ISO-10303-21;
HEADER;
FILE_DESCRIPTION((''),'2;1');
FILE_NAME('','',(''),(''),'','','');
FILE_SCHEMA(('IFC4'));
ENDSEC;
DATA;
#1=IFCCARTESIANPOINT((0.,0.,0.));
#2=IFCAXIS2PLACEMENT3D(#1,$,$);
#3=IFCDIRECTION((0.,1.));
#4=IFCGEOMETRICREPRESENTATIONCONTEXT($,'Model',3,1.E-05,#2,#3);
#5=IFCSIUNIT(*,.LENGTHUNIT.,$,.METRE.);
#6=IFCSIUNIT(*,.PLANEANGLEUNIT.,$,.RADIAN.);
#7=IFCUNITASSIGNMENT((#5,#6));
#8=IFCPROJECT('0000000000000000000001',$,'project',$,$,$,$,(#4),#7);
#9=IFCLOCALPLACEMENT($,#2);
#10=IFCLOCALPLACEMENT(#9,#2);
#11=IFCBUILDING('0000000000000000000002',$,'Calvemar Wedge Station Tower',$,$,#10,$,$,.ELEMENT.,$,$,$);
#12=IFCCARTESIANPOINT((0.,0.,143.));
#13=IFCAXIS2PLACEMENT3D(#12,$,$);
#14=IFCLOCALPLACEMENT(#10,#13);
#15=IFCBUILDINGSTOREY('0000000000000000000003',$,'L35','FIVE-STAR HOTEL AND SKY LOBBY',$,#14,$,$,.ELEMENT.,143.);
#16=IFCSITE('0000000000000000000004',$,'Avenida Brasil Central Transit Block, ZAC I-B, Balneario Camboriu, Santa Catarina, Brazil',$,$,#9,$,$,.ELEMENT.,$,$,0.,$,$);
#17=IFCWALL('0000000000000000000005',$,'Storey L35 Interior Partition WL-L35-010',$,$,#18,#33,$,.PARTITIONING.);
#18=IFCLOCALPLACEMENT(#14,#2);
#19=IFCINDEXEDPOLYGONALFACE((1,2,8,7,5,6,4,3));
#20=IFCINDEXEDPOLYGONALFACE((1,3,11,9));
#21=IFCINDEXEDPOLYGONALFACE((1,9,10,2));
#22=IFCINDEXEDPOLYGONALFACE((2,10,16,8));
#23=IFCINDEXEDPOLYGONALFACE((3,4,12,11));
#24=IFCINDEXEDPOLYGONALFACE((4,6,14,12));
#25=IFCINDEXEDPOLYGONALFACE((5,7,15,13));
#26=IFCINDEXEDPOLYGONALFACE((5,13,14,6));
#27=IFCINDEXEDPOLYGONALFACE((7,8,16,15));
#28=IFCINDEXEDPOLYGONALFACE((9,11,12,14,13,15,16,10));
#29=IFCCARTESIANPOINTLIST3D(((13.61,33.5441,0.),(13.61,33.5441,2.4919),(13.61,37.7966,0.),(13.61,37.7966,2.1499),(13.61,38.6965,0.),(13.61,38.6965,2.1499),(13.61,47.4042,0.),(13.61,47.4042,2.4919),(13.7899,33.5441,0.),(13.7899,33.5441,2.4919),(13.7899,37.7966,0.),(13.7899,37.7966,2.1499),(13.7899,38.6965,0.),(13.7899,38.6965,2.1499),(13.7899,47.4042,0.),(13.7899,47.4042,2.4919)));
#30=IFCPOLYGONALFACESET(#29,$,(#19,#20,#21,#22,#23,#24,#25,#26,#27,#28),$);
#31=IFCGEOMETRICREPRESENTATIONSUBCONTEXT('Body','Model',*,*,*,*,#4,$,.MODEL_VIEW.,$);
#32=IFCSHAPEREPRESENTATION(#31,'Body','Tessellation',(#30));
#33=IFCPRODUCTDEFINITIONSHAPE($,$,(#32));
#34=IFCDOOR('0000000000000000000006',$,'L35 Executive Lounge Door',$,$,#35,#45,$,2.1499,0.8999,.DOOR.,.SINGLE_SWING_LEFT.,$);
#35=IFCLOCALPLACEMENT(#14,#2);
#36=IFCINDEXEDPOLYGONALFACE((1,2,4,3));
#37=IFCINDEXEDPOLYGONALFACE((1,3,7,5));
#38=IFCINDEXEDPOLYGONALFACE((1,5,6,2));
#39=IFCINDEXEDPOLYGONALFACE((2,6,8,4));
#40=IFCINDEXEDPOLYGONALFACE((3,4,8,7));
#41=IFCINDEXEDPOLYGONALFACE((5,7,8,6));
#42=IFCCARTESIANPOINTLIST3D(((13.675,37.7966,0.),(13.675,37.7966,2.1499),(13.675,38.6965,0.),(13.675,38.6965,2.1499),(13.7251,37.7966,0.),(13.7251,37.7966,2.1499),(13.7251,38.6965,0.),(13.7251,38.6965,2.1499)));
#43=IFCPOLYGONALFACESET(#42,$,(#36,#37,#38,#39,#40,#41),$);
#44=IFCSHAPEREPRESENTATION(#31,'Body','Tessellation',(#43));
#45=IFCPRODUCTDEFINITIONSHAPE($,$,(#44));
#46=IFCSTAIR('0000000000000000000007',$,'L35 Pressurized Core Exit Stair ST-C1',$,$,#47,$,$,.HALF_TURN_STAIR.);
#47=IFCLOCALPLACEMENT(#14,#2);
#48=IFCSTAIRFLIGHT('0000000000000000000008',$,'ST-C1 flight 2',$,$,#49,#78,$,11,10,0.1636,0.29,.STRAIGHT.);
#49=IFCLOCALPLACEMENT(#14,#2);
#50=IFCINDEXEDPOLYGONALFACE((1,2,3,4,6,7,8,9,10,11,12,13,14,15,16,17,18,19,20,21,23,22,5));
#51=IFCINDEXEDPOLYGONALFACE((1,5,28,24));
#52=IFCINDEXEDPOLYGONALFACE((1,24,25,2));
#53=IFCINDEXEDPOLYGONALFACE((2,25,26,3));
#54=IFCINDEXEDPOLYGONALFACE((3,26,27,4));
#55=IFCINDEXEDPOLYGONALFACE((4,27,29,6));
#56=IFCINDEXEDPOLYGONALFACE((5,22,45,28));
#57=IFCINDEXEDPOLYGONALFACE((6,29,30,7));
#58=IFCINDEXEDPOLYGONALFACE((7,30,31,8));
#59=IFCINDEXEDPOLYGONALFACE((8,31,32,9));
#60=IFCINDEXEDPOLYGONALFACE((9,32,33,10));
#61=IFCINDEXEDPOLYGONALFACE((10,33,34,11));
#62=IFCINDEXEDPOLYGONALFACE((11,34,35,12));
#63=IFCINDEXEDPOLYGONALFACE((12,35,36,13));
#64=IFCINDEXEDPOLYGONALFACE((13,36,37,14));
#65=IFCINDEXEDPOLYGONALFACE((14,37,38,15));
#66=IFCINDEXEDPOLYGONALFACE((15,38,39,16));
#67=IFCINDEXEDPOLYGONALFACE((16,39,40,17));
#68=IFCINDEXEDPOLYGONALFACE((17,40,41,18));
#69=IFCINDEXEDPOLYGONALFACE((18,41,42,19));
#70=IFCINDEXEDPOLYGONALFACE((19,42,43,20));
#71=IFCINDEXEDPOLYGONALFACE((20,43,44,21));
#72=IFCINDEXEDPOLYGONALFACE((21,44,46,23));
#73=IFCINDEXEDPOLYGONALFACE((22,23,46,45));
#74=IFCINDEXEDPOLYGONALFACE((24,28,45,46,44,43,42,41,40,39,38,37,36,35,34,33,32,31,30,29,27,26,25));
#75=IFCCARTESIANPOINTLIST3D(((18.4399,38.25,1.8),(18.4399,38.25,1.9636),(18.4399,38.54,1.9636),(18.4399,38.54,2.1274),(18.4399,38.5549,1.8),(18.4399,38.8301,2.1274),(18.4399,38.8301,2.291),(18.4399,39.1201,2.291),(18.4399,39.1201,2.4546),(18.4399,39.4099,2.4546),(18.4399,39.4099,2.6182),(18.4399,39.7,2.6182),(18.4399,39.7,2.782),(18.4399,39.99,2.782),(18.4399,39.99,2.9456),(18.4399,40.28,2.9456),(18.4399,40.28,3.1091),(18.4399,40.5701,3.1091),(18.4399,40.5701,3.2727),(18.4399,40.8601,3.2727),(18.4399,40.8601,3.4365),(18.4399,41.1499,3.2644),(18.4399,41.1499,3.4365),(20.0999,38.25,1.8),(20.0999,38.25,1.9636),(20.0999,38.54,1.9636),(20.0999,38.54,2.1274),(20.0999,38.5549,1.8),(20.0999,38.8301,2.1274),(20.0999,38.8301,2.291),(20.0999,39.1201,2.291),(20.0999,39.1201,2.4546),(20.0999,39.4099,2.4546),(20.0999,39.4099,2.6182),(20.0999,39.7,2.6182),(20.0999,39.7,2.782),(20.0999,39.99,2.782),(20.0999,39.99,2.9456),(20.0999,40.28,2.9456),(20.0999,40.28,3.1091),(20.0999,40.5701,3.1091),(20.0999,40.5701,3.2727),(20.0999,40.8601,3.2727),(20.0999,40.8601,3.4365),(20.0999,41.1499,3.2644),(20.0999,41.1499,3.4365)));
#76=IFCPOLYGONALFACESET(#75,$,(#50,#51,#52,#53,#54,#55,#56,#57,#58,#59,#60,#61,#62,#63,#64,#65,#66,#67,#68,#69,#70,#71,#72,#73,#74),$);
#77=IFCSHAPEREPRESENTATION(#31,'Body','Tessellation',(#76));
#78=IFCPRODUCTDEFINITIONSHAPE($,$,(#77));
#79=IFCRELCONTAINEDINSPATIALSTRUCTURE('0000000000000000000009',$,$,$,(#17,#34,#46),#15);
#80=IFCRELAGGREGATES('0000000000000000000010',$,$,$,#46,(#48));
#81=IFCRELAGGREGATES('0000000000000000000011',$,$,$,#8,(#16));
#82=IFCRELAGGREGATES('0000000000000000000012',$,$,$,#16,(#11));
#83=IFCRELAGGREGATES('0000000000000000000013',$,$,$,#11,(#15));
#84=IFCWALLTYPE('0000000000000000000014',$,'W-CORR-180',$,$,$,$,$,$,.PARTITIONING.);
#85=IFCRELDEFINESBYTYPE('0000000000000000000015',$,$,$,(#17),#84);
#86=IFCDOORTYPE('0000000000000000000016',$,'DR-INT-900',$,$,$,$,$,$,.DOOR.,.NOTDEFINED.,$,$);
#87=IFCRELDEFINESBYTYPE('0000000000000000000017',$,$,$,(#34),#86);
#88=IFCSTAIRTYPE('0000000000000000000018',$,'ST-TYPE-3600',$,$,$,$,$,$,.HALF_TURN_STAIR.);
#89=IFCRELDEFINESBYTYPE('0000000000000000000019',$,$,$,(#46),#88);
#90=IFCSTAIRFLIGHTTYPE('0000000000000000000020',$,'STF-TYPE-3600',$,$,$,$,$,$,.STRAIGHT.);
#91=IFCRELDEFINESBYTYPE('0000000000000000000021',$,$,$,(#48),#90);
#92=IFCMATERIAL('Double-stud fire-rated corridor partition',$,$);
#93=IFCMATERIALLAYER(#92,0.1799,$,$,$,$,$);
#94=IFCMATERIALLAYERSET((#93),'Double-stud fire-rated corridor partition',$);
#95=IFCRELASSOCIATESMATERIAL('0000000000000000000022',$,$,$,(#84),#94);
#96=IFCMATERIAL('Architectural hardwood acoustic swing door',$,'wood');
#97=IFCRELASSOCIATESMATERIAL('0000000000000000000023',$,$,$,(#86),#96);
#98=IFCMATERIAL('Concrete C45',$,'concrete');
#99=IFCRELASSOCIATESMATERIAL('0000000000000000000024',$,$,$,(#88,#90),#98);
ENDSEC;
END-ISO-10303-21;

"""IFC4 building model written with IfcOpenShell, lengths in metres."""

from ifc_helpers import new_model, si_unit, direction, frame, frame_2d, origin, place, context, subcontext, project, spatial, polyline, rectangle, outline, extrude, source, transform, mapped, material, layer, layer_set, type_object, element, fill, aggregate, save


model = new_model("IFC4")

# Units and contexts
model_context = context("Model", 3, precision=1e-05, world=origin(), true_north=direction((0.0, 1.0)))
body_context = subcontext(model_context, "Body", "Model", "MODEL_VIEW")
ifc_project = project(units=[si_unit("LENGTHUNIT", "METRE"), si_unit("PLANEANGLEUNIT", "RADIAN")], contexts=[model_context])

# Site, building, storey
site_placement = place(None, origin())
site = spatial("IfcSite", under=ifc_project, at=site_placement, Name="Avenida Brasil Central Transit Block, ZAC I-B, Balneario Camboriu, Santa Catarina, Brazil", CompositionType="ELEMENT", RefElevation=0.0)
building_placement = place(site_placement, origin())
building = spatial("IfcBuilding", under=site, at=building_placement, Name="Calvemar Wedge Station Tower", CompositionType="ELEMENT")
storey_placement = place(building_placement, frame((0.0, 0.0, 143.0)))
storey = spatial("IfcBuildingStorey", under=building, at=storey_placement, Name="L35", Description="FIVE-STAR HOTEL AND SKY LOBBY", CompositionType="ELEMENT", Elevation=143.0)

# Wall, opening, door
ifc_material_1 = material(Name="Double-stud fire-rated corridor partition")
ifc_layer_1 = layer(ifc_material_1, 0.1799)
ifc_layer_set_1 = layer_set([ifc_layer_1], Name="Double-stud fire-rated corridor partition")
wall_type_1 = type_object("IfcWallType", Name="W-CORR-180", PredefinedType="PARTITIONING", material=ifc_layer_set_1)
wall_1_placement = place(storey_placement, frame((13.7, 33.5439, 0.0), z_axis=(0.0, 0.0, 1.0), x_axis=(0.0, 1.0, 0.0)))
wall_1 = element("IfcWall", 1, at=wall_1_placement, inside=storey, type_object=wall_type_1, Name="Storey L35 Interior Partition WL-L35-010", PredefinedType="PARTITIONING", context=body_context, shape_type="SweptSolid", body=[
    extrude(rectangle(XDim=13.8601, YDim=0.1799, at=frame_2d((6.9302, 0.0))), origin(), (0.0, 0.0, 1.0), 2.4919),
])
shared_shape_1 = source(origin(), body_context, "Body", "SweptSolid", [
    extrude(rectangle(XDim=0.8999, YDim=2.1499, at=frame_2d((0.45, 1.075))), frame((0.0, 0.1001, 0.0), z_axis=(0.0, -1.0, 0.0), x_axis=(1.0, 0.0, 0.0)), (0.0, 0.0, 1.0), 0.2),
])
opening_1_placement = place(wall_1_placement, frame((4.2527, 0.0, 0.0)))
opening_1 = element("IfcOpeningElement", 2, at=opening_1_placement, cuts=wall_1, PredefinedType="OPENING", context=body_context, shape_type="MappedRepresentation", body=[
    mapped(shared_shape_1, transform((0.0, 0.0, 0.0), scale=1.0)),
])
ifc_material_2 = material(Name="Architectural hardwood acoustic swing door", Category="wood")
door_type_1 = type_object("IfcDoorType", Name="DR-INT-900", OperationType="NOTDEFINED", PredefinedType="DOOR", material=ifc_material_2)
shared_shape_2 = source(origin(), body_context, "Body", "SweptSolid", [
    extrude(rectangle(XDim=0.8999, YDim=2.1499, at=frame_2d((0.45, 1.075))), frame((0.0, 0.0249, 0.0), z_axis=(0.0, -1.0, 0.0), x_axis=(1.0, 0.0, 0.0)), (0.0, 0.0, 1.0), 0.05),
])
door_1_placement = place(opening_1_placement, origin())
door_1 = element("IfcDoor", 3, at=door_1_placement, inside=storey, type_object=door_type_1, Name="L35 Executive Lounge Door", OperationType="SINGLE_SWING_LEFT", OverallHeight=2.1499, OverallWidth=0.8999, PredefinedType="DOOR", context=body_context, shape_type="MappedRepresentation", body=[
    mapped(shared_shape_2, transform((0.0, 0.0, 0.0), scale=1.0)),
])
fill(opening_1, door_1)

# Stair, stair flight
ifc_material_3 = material(Name="Concrete C45", Category="concrete")
stair_type = type_object("IfcStairType", Name="ST-TYPE-3600", PredefinedType="HALF_TURN_STAIR", material=ifc_material_3)
stair_placement = place(storey_placement, origin())
stair = element("IfcStair", 4, at=stair_placement, inside=storey, type_object=stair_type, Name="L35 Pressurized Core Exit Stair ST-C1", PredefinedType="HALF_TURN_STAIR")
stair_flight_type = type_object("IfcStairFlightType", Name="STF-TYPE-3600", PredefinedType="STRAIGHT", material=ifc_material_3)
stair_flight_placement = place(storey_placement, frame((19.27, 38.25, 1.8), z_axis=(0.0, 0.0, 1.0), x_axis=(0.0, 1.0, 0.0)))
stair_flight = element("IfcStairFlight", 5, at=stair_flight_placement, type_object=stair_flight_type, Name="ST-C1 flight 2", NumberOfRisers=11, NumberOfTreads=10, PredefinedType="STRAIGHT", RiserHeight=0.1636, TreadLength=0.29, context=body_context, shape_type="SweptSolid", body=[
    extrude(outline(polyline([(0.0, 0.0), (0.0, 0.1636), (0.29, 0.1636), (0.29, 0.3274), (0.5801, 0.3274), (0.5801, 0.491), (0.8701, 0.491), (0.8701, 0.6545), (1.1599, 0.6545), (1.1599, 0.8181), (1.45, 0.8181), (1.45, 0.9819), (1.74, 0.9819), (1.74, 1.1455), (2.03, 1.1455), (2.03, 1.3091), (2.3201, 1.3091), (2.3201, 1.4727), (2.6101, 1.4727), (2.6101, 1.6365), (2.8999, 1.6365), (2.8999, 1.8), (2.8999, 1.4644), (0.3049, 0.0), (0.0, 0.0)])), frame((0.0, 0.8301, 0.0), z_axis=(0.0, -1.0, 0.0), x_axis=(1.0, 0.0, 0.0)), (0.0, 0.0, 1.0), 1.6599),
])
aggregate(stair, [stair_flight])

save(model, "model.ifc")
